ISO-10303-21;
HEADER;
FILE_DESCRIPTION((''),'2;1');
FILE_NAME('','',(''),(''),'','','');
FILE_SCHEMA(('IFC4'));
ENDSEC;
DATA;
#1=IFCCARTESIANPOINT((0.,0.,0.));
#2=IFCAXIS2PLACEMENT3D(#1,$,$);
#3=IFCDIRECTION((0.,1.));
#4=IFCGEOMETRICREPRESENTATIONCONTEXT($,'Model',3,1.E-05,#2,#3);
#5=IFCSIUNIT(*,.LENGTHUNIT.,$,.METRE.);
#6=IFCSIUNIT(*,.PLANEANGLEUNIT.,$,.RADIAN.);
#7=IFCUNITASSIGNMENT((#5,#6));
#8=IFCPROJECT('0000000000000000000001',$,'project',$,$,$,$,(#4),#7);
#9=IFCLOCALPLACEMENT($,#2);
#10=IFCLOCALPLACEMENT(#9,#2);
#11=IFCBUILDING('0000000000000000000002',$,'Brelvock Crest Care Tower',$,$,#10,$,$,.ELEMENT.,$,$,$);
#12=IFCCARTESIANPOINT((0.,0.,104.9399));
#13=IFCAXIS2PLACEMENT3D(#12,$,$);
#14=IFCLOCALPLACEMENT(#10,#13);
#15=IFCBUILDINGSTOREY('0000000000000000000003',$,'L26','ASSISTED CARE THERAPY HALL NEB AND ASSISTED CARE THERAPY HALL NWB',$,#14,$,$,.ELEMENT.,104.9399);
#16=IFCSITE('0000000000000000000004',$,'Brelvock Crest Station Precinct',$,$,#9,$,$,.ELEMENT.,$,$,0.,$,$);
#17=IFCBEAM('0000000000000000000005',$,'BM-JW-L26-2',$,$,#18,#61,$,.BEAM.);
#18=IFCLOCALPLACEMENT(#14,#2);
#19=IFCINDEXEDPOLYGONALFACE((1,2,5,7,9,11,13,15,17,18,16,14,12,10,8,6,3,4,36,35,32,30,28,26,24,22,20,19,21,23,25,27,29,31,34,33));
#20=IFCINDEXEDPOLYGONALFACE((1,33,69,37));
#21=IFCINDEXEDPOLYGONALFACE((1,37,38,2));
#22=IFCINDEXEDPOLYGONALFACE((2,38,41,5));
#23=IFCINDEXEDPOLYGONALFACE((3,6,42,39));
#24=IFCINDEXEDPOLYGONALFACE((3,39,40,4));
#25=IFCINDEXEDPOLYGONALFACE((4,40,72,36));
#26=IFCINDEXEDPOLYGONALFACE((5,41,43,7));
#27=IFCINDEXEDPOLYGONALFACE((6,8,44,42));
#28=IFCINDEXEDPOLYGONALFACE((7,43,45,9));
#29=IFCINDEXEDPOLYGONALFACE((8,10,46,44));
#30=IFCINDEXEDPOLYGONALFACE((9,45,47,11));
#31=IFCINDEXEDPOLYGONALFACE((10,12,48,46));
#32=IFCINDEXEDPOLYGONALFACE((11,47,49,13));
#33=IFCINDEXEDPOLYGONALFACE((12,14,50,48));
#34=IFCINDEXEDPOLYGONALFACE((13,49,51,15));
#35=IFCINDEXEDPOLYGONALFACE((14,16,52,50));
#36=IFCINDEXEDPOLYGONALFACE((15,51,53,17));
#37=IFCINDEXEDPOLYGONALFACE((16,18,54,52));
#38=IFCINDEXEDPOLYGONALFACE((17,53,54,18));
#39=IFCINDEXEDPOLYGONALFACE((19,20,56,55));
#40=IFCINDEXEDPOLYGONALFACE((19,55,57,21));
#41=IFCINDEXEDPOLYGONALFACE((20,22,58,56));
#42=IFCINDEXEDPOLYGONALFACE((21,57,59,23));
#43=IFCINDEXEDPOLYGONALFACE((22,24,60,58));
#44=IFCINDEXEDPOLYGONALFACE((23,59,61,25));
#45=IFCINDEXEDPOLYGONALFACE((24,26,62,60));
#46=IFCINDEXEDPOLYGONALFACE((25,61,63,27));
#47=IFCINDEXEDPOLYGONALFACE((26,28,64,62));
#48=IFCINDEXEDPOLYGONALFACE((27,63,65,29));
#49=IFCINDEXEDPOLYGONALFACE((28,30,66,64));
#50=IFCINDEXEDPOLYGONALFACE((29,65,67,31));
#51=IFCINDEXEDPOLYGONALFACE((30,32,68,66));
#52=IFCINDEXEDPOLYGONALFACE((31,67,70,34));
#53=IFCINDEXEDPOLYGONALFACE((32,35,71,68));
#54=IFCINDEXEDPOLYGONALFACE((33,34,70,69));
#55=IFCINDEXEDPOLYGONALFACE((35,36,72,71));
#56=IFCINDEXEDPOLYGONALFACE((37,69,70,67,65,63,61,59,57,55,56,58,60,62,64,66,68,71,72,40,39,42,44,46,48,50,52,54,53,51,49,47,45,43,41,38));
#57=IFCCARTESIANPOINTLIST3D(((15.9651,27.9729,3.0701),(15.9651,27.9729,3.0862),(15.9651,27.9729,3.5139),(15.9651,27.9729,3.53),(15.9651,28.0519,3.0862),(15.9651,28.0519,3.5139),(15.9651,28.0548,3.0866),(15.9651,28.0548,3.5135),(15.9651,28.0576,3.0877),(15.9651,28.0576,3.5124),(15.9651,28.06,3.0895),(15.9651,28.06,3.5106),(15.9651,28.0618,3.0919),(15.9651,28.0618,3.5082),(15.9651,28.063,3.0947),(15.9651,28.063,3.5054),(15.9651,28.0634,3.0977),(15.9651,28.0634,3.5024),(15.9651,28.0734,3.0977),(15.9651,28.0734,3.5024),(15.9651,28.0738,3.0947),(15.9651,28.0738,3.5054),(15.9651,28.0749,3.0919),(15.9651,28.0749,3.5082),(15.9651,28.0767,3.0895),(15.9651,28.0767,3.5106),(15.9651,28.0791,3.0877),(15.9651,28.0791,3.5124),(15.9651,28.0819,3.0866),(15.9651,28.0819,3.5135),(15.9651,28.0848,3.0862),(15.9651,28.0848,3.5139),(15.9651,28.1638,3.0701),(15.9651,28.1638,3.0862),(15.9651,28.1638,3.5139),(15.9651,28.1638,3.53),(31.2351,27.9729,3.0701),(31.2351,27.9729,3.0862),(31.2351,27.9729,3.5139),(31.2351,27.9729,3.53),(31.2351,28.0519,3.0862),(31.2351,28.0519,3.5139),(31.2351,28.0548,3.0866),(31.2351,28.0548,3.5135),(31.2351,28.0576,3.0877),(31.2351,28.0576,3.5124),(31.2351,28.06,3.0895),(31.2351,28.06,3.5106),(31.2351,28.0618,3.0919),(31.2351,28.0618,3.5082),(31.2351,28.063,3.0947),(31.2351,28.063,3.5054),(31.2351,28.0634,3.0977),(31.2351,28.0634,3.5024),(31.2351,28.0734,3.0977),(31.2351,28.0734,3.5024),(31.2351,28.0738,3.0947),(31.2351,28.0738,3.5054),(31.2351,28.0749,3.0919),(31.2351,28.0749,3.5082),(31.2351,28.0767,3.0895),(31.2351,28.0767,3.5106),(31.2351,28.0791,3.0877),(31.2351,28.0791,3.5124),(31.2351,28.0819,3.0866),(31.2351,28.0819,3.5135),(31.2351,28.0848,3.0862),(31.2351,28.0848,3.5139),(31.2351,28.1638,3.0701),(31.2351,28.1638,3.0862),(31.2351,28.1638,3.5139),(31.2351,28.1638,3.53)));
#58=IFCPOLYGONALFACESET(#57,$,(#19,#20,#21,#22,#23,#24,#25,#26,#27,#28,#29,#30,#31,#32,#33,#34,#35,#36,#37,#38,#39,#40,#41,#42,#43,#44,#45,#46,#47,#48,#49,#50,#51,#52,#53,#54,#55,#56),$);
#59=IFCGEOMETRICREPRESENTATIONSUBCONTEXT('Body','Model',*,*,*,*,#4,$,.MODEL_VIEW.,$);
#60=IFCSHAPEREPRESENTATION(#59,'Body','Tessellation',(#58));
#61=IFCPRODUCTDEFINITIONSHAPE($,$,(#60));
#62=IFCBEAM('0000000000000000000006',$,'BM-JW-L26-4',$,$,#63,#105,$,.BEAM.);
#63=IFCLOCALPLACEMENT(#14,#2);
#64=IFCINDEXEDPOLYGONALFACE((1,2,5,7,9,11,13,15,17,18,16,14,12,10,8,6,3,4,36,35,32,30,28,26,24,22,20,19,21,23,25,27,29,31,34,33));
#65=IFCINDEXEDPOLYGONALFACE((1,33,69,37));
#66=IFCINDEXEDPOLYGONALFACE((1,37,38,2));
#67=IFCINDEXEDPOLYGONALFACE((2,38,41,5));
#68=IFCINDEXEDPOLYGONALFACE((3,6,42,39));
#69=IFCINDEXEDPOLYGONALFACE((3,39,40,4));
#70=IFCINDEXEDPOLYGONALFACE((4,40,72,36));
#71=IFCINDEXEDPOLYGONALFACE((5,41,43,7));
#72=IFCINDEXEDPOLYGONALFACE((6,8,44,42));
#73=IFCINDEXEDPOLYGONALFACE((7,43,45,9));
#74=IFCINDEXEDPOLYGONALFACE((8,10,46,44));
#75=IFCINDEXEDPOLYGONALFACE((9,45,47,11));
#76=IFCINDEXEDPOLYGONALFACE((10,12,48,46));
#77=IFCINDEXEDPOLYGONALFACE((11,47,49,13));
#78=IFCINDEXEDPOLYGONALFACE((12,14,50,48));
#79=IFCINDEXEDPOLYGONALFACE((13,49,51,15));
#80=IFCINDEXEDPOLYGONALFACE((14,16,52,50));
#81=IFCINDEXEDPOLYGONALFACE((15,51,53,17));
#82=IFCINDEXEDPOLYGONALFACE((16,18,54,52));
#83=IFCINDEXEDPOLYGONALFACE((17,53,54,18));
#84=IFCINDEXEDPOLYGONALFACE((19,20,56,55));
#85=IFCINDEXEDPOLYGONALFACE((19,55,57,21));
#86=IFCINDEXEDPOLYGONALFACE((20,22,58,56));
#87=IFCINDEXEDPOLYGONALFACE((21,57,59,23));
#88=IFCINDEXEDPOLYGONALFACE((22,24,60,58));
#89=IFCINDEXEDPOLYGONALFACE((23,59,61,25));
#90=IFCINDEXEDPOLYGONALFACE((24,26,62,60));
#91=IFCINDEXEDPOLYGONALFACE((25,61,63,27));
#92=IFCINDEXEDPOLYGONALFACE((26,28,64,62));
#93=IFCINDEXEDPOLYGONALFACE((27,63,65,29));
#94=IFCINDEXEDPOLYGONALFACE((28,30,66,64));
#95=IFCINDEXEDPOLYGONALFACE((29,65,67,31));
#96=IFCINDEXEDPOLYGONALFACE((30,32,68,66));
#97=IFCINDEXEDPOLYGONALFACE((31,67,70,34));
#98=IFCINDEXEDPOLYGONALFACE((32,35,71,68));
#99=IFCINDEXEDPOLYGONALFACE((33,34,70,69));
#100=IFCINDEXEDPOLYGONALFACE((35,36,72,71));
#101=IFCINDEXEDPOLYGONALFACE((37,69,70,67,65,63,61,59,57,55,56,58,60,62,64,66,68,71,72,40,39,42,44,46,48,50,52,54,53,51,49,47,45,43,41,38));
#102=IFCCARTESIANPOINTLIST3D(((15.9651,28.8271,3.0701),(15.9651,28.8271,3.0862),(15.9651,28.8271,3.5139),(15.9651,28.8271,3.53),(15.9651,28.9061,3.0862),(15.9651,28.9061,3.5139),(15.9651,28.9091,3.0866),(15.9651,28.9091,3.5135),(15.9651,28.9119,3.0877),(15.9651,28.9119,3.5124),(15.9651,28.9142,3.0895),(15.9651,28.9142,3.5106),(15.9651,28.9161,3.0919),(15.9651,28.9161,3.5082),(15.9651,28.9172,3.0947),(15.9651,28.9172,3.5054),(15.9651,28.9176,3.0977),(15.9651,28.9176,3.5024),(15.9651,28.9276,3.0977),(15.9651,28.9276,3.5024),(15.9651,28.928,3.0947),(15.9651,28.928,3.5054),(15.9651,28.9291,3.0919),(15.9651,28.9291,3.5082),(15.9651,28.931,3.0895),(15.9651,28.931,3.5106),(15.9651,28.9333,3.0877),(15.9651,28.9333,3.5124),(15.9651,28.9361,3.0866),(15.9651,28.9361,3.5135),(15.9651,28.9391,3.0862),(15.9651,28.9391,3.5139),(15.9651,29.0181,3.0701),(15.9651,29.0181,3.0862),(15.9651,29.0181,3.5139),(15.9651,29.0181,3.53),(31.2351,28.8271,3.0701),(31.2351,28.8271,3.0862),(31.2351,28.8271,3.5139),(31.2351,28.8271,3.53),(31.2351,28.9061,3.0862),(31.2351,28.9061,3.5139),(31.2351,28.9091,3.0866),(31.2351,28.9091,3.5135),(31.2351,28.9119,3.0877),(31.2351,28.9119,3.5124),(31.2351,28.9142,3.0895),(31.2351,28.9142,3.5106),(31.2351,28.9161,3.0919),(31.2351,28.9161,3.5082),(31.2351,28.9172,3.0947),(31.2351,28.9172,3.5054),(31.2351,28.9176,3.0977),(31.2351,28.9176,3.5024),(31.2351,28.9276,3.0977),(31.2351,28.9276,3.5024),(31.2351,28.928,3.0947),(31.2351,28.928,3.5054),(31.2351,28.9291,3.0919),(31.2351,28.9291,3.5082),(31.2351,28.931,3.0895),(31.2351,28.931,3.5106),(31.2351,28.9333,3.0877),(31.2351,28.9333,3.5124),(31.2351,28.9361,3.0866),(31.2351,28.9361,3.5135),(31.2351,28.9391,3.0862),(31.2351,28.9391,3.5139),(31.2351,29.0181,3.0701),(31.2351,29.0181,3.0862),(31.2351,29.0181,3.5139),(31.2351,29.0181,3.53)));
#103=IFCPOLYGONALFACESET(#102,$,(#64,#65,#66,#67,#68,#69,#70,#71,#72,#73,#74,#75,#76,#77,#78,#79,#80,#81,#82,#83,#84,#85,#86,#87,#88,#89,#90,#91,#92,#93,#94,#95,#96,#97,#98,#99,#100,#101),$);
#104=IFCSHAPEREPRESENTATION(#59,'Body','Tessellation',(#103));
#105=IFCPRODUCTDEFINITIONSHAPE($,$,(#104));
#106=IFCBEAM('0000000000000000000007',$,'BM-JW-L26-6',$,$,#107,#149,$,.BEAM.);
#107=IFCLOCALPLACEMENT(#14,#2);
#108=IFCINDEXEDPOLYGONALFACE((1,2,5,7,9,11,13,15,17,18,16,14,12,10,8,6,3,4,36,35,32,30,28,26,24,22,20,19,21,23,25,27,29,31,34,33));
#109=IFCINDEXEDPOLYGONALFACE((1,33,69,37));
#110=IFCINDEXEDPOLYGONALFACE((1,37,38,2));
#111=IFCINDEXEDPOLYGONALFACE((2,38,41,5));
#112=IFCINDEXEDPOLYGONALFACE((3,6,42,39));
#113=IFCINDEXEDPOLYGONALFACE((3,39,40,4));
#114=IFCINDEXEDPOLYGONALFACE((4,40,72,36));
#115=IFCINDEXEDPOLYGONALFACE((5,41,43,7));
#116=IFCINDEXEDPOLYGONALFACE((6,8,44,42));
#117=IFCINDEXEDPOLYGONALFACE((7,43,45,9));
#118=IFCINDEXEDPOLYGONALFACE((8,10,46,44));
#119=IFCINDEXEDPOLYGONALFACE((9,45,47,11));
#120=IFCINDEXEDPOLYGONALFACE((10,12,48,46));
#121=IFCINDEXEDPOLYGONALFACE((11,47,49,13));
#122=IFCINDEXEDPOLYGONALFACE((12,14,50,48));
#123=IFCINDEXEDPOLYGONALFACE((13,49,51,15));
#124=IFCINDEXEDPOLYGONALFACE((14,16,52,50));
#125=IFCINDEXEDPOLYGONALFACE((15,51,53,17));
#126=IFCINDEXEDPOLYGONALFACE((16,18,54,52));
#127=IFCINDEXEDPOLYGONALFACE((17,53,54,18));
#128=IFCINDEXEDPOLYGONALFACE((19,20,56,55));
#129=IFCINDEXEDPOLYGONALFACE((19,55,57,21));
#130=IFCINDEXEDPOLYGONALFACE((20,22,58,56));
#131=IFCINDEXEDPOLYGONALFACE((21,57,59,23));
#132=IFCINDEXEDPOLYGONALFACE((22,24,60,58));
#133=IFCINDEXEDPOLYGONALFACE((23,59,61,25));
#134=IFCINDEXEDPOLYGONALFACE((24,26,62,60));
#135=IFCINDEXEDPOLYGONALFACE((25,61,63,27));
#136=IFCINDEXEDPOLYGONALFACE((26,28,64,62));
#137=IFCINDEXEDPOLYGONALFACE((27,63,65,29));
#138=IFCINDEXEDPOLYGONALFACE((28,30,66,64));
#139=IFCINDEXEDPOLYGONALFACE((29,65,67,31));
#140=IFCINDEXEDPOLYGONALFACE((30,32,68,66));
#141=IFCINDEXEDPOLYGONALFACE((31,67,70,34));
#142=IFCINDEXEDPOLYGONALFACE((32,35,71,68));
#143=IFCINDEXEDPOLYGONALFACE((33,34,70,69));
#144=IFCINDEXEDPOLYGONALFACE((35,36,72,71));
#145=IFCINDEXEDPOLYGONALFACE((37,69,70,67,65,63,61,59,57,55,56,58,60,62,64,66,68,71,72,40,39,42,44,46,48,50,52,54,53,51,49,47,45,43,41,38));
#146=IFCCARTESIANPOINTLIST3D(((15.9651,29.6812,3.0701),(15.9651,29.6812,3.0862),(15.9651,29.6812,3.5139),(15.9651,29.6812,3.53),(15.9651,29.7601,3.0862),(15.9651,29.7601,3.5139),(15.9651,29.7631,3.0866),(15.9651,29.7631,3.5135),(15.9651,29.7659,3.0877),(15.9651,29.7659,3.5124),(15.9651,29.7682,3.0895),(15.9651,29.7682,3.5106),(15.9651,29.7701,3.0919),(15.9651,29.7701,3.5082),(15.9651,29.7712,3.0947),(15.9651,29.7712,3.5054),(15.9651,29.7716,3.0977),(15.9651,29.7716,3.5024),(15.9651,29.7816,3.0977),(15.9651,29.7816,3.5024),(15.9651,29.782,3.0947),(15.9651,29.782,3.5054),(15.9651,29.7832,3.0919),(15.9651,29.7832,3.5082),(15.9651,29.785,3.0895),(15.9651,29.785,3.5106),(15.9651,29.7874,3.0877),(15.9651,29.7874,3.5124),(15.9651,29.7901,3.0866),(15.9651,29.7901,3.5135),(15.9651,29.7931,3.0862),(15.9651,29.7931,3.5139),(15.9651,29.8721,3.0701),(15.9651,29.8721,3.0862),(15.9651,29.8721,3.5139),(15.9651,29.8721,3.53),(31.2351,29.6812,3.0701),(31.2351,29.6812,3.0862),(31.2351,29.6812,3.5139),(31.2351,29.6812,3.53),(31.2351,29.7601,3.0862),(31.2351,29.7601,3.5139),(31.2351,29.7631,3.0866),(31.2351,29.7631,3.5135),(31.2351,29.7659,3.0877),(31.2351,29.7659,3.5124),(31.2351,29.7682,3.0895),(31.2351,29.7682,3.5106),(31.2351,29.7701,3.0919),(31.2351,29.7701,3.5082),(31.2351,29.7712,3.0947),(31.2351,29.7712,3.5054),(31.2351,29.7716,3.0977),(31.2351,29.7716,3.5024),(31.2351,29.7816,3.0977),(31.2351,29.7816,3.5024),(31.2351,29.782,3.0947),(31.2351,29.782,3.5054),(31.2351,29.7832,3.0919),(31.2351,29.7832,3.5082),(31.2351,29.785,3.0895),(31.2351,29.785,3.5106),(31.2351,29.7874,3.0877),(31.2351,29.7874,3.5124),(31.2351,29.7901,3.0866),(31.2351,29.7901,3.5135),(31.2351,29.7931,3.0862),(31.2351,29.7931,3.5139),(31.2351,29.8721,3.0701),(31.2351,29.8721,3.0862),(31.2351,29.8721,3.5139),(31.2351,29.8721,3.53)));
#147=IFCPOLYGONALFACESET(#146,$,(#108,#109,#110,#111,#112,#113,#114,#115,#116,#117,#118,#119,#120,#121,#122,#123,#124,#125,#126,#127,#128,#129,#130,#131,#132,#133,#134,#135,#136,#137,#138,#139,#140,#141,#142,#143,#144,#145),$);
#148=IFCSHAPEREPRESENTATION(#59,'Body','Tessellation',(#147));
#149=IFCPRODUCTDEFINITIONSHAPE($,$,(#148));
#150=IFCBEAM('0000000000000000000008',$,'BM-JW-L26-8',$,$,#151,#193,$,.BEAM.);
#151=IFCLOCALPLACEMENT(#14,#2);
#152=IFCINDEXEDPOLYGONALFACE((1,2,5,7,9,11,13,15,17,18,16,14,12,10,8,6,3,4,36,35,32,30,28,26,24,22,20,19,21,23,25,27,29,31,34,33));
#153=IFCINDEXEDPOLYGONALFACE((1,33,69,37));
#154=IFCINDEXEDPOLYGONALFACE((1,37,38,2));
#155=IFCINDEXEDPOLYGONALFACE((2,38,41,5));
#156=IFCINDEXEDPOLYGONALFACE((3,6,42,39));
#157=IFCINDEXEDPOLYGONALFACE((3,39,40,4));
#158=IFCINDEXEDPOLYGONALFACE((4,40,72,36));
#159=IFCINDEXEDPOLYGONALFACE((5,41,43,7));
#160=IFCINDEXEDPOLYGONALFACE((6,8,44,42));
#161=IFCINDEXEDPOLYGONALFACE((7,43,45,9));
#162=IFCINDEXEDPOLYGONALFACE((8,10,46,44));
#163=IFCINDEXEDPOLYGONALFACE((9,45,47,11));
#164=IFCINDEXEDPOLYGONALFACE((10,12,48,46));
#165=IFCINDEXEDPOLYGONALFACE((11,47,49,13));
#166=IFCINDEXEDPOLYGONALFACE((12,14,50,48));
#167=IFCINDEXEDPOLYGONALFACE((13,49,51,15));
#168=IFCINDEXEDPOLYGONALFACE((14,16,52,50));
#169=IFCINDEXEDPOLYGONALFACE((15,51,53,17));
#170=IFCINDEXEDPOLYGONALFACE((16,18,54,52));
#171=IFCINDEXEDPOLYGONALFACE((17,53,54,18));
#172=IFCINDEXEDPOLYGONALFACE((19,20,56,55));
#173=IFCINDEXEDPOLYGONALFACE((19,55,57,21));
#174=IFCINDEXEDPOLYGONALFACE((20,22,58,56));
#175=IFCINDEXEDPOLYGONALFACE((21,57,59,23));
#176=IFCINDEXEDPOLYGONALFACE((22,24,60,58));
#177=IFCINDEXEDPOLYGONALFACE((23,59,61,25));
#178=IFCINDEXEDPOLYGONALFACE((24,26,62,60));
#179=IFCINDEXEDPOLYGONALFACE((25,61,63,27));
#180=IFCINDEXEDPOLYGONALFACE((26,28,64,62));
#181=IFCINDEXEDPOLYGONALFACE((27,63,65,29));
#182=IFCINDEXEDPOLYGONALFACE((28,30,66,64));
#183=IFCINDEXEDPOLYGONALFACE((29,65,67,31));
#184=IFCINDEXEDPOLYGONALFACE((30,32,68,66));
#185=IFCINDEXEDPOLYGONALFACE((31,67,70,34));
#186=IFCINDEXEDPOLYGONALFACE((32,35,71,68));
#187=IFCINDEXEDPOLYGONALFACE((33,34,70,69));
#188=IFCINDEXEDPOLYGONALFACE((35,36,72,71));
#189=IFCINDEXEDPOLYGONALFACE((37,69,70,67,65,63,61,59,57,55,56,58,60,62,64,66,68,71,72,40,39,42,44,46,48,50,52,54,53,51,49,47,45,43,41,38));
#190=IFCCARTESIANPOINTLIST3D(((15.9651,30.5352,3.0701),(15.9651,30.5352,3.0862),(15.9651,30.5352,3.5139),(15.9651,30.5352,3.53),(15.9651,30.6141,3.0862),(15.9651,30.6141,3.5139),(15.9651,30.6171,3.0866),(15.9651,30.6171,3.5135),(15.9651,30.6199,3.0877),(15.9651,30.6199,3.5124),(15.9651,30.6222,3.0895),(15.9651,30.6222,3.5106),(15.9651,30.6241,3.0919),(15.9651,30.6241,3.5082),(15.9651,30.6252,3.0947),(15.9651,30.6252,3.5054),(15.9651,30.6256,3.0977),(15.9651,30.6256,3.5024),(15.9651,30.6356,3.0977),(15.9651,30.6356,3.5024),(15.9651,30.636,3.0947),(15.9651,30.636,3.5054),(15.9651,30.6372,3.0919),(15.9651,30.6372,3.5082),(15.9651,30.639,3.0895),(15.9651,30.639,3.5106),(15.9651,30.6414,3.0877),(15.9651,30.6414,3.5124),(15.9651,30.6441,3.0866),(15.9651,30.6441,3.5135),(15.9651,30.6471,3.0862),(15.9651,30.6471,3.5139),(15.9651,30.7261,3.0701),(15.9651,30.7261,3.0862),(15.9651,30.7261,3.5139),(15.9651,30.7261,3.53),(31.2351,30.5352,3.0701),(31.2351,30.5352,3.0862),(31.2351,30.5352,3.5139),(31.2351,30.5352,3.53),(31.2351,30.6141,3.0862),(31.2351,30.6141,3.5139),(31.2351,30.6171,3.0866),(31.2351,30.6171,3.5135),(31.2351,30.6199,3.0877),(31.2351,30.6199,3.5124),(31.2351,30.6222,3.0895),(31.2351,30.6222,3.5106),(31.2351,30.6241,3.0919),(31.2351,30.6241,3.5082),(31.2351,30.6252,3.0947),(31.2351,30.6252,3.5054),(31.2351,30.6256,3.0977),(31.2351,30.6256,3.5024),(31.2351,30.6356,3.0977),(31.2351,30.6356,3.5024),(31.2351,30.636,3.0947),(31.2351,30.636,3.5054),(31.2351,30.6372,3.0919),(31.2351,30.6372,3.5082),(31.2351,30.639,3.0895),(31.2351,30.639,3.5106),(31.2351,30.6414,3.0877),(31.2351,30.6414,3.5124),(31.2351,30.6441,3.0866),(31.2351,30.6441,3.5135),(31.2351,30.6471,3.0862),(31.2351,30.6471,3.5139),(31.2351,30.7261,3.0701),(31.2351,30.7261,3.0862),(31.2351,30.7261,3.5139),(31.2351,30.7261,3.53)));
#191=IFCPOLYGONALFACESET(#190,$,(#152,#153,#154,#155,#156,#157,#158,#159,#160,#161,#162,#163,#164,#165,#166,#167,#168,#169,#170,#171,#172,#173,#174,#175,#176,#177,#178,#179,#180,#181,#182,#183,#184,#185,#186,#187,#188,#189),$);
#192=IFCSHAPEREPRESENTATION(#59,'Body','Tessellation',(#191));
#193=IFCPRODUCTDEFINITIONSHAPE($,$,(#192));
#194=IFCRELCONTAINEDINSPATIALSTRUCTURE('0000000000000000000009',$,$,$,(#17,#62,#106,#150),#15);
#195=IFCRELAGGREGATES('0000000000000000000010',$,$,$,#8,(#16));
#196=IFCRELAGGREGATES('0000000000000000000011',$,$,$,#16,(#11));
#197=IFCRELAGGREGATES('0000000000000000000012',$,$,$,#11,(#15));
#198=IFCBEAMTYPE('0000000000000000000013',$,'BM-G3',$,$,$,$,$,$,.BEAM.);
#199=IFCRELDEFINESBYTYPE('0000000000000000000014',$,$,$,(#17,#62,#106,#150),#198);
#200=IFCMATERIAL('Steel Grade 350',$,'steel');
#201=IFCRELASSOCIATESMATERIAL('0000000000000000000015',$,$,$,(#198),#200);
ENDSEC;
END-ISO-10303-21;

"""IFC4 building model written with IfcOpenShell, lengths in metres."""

from ifc_helpers import new_model, si_unit, direction, frame, origin, origin_2d, place, context, subcontext, project, spatial, i_section, extrude, source, transform, mapped, material, material_profile, profile_set, type_object, element, save


model = new_model("IFC4")

# Units and contexts
model_context = context("Model", 3, precision=1e-05, world=origin(), true_north=direction((0.0, 1.0)))
body_context = subcontext(model_context, "Body", "Model", "MODEL_VIEW")
ifc_project = project(units=[si_unit("LENGTHUNIT", "METRE"), si_unit("PLANEANGLEUNIT", "RADIAN")], contexts=[model_context])

# Site, building, storey
site_placement = place(None, origin())
site = spatial("IfcSite", under=ifc_project, at=site_placement, Name="Brelvock Crest Station Precinct", CompositionType="ELEMENT", RefElevation=0.0)
building_placement = place(site_placement, origin())
building = spatial("IfcBuilding", under=site, at=building_placement, Name="Brelvock Crest Care Tower", CompositionType="ELEMENT")
storey_placement = place(building_placement, frame((0.0, 0.0, 104.9399)))
storey = spatial("IfcBuildingStorey", under=building, at=storey_placement, Name="L26", Description="ASSISTED CARE THERAPY HALL NEB AND ASSISTED CARE THERAPY HALL NWB", CompositionType="ELEMENT", Elevation=104.9399)

# Shared definitions
ifc_material_1 = material(Name="Steel Grade 350", Category="steel")

# Beams
ifc_material_profile_1 = material_profile(ifc_material_1, i_section(OverallWidth=0.1909, OverallDepth=0.46, WebThickness=0.01, FlangeThickness=0.0161, FilletRadius=0.0115, at=origin_2d()), Name="460UB82.1")
ifc_profile_set_1 = profile_set([ifc_material_profile_1], Name="Steel Grade 350")
beam_type_1 = type_object("IfcBeamType", Name="BM-G3", PredefinedType="BEAM", material=ifc_profile_set_1)
shared_shape_1 = source(origin(), body_context, "Body", "SweptSolid", [
    extrude(i_section(OverallWidth=0.1909, OverallDepth=0.46, WebThickness=0.01, FlangeThickness=0.0161, FilletRadius=0.0115, at=origin_2d()), origin(), (0.0, 0.0, 1.0), 15.27),
])
for number, where, z_axis, x_axis, name in (
    (1, (15.9651, 28.0684, 3.3), (1.0, 0.0, 0.0), (0.0, 1.0, 0.0), "BM-JW-L26-2"),
    (2, (15.9651, 28.9226, 3.3), (1.0, 0.0, 0.0), (0.0, 1.0, 0.0), "BM-JW-L26-4"),
    (3, (15.9651, 29.7766, 3.3), (1.0, 0.0, 0.0), (0.0, 1.0, 0.0), "BM-JW-L26-6"),
    (4, (15.9651, 30.6306, 3.3), (1.0, 0.0, 0.0), (0.0, 1.0, 0.0), "BM-JW-L26-8"),
):
    element("IfcBeam", number, at=place(storey_placement, frame(where, z_axis=z_axis, x_axis=x_axis)), inside=storey, type_object=beam_type_1, Name=name, PredefinedType="BEAM", context=body_context, shape_type="MappedRepresentation", body=[
        mapped(shared_shape_1, transform((0.0, 0.0, 0.0), x_axis=(1.0, 0.0, 0.0), y_axis=(0.0, 1.0, 0.0), z_axis=(0.0, 0.0, 1.0), scale=1.0)),
    ])

save(model, "model.ifc")
